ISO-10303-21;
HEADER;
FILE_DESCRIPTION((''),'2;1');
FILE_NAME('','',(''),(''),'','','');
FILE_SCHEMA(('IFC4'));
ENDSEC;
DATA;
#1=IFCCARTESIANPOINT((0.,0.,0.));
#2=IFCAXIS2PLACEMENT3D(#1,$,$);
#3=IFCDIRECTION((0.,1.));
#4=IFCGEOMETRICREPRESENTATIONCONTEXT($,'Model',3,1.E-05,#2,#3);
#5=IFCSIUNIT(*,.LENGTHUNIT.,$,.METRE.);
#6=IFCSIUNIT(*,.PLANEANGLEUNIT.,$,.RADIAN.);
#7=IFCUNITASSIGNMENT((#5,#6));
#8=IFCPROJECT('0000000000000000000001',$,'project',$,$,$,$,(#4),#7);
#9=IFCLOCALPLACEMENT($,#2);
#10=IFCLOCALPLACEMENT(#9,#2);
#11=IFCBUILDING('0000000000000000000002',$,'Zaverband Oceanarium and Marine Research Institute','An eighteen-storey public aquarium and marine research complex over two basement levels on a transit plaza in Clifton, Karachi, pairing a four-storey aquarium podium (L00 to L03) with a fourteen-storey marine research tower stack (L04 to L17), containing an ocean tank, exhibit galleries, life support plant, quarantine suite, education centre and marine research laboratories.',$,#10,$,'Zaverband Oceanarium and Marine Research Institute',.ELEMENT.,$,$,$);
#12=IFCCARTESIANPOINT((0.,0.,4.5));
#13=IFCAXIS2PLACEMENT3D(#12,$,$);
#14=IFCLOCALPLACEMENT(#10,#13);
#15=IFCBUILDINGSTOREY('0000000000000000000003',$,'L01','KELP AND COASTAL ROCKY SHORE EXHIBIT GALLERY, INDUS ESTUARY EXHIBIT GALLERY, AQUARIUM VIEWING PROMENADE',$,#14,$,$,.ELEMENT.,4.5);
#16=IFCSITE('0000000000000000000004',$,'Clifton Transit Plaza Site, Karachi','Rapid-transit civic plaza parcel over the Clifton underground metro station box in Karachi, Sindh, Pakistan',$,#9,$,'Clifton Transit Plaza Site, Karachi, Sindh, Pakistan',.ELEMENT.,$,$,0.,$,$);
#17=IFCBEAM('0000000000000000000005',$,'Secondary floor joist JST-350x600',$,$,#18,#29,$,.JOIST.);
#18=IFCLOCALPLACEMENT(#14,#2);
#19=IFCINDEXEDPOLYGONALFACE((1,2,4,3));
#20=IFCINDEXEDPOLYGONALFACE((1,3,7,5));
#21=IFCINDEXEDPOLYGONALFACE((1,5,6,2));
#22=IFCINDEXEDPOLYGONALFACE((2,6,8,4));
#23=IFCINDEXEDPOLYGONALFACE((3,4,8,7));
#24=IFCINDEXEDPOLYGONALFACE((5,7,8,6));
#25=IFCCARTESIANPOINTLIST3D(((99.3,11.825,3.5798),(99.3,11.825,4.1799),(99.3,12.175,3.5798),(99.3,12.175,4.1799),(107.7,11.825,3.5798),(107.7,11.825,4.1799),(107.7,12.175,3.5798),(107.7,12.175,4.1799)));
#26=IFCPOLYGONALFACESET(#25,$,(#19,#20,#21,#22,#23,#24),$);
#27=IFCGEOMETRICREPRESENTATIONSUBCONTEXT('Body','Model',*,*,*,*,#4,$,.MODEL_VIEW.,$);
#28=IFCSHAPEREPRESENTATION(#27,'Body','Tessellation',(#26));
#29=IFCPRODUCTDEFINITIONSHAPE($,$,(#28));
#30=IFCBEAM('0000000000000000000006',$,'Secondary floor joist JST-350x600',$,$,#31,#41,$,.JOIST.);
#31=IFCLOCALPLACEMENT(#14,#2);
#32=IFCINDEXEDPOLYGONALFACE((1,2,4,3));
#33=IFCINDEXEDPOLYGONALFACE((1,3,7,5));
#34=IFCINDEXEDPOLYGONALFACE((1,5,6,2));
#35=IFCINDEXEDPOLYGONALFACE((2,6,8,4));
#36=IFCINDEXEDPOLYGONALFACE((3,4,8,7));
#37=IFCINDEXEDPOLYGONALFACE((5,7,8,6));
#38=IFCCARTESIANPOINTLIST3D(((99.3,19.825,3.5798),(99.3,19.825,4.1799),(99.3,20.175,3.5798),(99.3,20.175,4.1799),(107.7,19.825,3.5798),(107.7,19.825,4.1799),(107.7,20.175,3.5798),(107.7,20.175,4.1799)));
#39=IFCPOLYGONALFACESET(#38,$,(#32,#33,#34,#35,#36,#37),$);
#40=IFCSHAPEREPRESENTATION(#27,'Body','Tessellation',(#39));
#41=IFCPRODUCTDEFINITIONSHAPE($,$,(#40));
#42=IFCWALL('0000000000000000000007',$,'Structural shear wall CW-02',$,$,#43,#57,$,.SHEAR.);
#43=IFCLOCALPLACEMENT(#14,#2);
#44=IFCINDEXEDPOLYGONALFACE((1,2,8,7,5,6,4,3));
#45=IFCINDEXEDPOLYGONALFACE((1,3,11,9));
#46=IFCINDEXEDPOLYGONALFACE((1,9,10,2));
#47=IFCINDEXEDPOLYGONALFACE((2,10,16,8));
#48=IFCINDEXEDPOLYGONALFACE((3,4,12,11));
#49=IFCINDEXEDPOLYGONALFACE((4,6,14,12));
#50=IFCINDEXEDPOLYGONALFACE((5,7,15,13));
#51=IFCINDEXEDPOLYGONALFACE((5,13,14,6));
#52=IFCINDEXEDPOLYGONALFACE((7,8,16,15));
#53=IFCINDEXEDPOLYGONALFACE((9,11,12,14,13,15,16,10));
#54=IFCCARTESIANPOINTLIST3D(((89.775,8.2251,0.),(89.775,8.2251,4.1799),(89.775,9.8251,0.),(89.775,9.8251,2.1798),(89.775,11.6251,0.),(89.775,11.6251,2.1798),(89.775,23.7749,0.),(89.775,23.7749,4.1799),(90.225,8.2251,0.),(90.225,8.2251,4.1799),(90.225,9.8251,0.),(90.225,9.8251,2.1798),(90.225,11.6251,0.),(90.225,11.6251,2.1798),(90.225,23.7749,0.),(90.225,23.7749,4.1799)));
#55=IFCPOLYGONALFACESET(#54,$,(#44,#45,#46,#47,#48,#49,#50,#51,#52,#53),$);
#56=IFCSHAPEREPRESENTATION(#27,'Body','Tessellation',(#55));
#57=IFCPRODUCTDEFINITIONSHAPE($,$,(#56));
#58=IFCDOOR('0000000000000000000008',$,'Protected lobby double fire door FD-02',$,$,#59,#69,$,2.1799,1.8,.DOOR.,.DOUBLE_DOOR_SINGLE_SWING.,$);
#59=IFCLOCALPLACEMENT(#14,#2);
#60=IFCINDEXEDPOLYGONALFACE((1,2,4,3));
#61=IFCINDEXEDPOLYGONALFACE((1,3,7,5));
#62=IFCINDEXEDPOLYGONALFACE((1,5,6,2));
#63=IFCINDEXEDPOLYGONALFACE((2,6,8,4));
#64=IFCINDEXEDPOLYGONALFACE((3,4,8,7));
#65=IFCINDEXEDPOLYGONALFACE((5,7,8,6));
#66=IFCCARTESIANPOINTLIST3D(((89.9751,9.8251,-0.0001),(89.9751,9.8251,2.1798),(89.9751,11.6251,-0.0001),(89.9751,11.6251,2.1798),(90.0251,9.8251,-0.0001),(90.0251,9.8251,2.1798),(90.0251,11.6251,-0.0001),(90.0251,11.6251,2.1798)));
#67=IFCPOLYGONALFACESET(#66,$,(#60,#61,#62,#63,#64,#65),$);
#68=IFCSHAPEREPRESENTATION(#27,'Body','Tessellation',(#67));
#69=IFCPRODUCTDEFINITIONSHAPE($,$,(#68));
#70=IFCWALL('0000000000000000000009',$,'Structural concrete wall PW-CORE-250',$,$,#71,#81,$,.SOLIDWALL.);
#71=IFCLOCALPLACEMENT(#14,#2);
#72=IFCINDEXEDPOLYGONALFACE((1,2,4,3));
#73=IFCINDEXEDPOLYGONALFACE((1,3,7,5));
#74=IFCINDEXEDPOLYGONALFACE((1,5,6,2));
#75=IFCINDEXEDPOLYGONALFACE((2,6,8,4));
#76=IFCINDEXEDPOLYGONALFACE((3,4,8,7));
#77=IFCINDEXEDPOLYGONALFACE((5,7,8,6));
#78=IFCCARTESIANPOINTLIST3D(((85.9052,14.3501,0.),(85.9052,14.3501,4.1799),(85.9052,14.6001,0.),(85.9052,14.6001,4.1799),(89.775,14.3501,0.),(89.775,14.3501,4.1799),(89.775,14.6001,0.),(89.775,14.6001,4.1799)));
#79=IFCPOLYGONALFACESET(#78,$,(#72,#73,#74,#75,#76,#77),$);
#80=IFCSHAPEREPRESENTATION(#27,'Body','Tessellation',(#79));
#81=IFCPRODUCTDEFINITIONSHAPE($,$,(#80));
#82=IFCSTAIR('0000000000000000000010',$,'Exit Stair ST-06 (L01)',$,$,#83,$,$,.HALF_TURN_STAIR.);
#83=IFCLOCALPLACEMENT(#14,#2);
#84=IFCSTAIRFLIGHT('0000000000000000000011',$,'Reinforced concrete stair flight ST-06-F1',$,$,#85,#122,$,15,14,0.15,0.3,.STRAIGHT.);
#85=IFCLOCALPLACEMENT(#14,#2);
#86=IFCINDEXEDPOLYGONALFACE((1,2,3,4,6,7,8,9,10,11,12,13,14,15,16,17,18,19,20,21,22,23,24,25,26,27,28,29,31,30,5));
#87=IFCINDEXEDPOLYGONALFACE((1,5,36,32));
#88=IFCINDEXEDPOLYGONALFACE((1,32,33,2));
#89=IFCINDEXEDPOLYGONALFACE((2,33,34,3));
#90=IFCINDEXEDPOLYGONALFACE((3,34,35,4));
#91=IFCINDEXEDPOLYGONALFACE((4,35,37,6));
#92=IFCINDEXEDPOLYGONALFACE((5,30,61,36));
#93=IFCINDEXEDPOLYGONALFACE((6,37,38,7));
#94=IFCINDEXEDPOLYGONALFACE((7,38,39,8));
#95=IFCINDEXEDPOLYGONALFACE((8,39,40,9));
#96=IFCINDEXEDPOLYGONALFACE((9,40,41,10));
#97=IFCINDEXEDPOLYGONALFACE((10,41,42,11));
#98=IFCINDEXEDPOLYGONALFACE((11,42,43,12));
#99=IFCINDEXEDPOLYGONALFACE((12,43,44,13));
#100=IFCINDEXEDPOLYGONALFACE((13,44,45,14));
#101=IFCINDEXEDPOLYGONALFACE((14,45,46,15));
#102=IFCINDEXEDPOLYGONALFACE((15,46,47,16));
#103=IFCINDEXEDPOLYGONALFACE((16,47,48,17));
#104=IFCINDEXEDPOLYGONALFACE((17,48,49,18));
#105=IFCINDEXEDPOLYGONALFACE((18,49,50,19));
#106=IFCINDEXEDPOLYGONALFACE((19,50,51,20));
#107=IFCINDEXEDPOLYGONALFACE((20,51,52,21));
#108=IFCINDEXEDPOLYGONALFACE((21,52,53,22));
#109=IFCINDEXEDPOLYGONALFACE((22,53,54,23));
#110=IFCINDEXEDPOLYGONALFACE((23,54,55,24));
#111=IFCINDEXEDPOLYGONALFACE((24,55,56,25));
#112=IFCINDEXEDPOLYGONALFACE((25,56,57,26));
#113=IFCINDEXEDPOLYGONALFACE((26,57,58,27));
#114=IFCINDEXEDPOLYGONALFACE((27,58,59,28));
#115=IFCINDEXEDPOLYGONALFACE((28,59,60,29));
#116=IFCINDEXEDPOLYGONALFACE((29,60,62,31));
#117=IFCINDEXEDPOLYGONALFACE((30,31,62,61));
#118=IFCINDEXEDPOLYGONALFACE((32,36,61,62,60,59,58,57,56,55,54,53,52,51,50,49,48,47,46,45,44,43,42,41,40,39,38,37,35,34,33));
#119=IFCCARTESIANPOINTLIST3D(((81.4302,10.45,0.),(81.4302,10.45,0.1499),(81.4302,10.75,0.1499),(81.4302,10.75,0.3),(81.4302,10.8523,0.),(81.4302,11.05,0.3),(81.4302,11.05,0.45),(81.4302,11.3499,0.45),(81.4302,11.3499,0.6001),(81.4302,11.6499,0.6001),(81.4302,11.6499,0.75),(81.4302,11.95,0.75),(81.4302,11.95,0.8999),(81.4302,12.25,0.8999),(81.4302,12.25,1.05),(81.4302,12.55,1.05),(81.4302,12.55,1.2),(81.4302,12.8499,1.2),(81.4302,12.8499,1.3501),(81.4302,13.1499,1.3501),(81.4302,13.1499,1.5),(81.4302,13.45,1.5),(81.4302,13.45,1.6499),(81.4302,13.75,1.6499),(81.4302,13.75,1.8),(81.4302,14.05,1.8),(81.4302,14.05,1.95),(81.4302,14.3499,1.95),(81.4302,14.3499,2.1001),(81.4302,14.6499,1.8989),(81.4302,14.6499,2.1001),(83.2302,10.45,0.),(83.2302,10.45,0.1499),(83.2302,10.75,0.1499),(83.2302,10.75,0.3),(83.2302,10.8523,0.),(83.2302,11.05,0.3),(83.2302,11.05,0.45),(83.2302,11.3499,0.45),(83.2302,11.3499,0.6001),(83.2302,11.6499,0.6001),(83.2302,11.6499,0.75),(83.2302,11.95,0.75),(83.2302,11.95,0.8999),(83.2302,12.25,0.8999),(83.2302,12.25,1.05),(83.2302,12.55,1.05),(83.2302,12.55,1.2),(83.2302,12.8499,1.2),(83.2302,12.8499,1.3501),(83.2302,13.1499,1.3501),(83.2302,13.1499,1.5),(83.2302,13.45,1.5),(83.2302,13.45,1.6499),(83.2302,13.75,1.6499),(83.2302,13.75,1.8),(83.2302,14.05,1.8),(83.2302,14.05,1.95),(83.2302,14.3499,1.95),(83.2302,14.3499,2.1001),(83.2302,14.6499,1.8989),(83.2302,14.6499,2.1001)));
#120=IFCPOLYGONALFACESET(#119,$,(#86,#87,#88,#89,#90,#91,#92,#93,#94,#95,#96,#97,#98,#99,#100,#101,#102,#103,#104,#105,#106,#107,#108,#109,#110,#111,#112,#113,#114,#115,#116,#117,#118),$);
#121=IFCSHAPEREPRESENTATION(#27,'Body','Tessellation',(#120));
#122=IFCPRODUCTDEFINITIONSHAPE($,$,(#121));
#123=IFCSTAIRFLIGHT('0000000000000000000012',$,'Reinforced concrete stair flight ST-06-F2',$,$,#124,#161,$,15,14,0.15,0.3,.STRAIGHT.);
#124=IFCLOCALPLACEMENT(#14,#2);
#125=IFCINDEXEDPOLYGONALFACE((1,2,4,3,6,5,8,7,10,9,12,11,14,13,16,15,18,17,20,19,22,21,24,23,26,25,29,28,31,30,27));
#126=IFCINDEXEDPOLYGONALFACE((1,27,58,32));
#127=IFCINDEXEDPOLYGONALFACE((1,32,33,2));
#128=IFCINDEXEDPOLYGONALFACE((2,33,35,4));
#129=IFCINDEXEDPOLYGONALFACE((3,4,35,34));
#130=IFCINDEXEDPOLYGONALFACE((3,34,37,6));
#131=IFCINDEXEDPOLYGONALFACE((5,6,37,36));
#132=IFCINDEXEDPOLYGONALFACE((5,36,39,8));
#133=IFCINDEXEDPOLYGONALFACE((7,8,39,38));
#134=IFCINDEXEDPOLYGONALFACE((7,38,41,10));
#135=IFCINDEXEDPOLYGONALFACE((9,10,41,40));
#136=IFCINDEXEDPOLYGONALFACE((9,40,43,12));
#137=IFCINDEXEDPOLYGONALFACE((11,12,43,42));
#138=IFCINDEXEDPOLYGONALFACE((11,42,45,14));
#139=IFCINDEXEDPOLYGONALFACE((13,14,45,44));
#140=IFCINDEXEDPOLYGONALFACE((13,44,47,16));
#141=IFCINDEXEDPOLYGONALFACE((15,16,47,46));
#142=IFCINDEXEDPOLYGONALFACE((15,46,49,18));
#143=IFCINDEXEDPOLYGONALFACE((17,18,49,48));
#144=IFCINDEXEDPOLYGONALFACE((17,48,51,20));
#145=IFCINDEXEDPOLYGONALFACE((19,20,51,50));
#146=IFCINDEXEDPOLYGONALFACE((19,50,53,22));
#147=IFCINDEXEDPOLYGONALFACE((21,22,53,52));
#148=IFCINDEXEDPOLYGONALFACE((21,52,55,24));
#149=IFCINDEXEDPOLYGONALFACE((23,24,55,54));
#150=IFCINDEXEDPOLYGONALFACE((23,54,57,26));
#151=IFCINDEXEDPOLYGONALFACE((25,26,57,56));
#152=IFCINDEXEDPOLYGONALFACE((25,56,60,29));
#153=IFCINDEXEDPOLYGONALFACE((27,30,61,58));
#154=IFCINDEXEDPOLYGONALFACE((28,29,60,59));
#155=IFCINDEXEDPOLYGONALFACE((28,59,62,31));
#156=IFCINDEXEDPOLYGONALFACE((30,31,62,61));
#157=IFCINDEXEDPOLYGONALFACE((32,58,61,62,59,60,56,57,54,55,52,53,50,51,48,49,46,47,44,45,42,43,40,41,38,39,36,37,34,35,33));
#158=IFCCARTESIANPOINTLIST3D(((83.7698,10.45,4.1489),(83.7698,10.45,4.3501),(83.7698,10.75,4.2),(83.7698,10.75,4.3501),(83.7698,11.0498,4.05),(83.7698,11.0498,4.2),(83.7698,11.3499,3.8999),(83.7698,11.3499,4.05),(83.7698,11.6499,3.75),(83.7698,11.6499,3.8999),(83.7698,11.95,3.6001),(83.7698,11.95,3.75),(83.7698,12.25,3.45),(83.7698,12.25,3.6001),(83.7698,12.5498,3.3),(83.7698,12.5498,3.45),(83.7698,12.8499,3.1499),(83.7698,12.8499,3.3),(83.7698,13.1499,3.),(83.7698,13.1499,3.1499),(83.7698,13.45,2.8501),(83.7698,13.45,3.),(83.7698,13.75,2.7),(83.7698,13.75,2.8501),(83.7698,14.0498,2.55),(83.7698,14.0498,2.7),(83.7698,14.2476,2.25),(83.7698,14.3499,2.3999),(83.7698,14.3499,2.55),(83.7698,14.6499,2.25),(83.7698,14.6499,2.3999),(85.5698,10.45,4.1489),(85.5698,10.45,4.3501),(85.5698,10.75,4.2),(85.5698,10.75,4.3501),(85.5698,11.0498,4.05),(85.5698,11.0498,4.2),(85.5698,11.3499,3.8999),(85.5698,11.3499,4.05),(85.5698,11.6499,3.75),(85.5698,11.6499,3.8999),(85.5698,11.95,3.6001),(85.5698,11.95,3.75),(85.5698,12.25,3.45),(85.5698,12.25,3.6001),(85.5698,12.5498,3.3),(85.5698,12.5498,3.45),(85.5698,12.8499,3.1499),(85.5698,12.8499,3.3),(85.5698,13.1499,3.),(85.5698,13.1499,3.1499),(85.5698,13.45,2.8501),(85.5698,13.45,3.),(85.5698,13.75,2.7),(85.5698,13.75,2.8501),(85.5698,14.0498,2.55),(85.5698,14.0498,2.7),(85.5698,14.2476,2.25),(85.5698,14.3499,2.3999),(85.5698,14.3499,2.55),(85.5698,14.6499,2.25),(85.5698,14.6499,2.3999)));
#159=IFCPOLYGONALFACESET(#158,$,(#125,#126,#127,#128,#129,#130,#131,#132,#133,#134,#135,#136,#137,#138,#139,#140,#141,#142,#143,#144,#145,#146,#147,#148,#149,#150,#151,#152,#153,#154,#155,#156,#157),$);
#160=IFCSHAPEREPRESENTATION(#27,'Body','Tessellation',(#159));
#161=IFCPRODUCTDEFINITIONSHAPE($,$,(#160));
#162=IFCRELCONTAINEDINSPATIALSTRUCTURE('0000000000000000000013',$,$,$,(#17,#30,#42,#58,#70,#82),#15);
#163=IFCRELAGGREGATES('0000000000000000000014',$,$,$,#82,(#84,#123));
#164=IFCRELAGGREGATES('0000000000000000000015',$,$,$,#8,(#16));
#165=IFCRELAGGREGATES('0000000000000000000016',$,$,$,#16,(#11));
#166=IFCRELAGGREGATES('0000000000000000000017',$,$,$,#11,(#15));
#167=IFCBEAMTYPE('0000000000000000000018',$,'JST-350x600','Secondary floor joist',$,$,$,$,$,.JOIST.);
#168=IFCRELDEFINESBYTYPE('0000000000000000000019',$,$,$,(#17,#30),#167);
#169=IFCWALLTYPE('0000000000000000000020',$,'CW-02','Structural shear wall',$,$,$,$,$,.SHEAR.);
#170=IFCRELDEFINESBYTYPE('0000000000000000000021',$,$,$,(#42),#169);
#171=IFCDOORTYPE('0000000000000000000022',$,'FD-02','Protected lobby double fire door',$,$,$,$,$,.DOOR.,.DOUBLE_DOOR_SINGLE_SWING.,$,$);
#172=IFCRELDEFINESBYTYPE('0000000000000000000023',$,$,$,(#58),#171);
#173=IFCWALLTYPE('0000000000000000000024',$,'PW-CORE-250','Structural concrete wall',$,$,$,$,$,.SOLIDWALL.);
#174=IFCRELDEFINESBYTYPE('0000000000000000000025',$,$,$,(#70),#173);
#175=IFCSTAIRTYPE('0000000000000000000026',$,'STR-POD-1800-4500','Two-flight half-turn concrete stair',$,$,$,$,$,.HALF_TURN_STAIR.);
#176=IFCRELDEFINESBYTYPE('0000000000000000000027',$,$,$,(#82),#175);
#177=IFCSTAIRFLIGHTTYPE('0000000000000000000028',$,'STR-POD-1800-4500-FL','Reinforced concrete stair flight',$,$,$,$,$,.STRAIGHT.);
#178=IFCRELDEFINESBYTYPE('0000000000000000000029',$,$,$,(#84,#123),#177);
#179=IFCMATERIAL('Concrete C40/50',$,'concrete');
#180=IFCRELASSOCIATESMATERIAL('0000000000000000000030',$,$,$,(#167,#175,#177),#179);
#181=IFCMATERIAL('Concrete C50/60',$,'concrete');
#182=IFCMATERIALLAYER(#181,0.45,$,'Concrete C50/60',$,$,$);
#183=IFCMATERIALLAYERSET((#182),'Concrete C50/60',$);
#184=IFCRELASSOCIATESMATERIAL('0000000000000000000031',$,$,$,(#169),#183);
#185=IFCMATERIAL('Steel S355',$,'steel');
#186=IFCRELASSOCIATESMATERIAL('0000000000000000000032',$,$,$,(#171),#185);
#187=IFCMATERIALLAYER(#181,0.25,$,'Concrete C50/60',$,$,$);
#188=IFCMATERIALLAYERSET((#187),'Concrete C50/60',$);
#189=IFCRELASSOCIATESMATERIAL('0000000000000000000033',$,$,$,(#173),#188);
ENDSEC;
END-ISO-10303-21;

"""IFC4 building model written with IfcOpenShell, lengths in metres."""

from ifc_helpers import new_model, si_unit, direction, frame, frame_2d, origin, origin_2d, place, context, subcontext, project, spatial, polyline, rectangle, outline, extrude, material, layer, layer_set, material_profile, profile_set, type_object, element, fill, aggregate, save


model = new_model("IFC4")

# Units and contexts
model_context = context("Model", 3, precision=1e-05, world=origin(), true_north=direction((0.0, 1.0)))
body_context = subcontext(model_context, "Body", "Model", "MODEL_VIEW")
ifc_project = project(units=[si_unit("LENGTHUNIT", "METRE"), si_unit("PLANEANGLEUNIT", "RADIAN")], contexts=[model_context])

# Site, building, storey
site_placement = place(None, origin())
site = spatial("IfcSite", under=ifc_project, at=site_placement, Name="Clifton Transit Plaza Site, Karachi", Description="Rapid-transit civic plaza parcel over the Clifton underground metro station box in Karachi, Sindh, Pakistan", LongName="Clifton Transit Plaza Site, Karachi, Sindh, Pakistan", CompositionType="ELEMENT", RefElevation=0.0)
building_placement = place(site_placement, origin())
building = spatial("IfcBuilding", under=site, at=building_placement, Name="Zaverband Oceanarium and Marine Research Institute", Description="An eighteen-storey public aquarium and marine research complex over two basement levels on a transit plaza in Clifton, Karachi, pairing a four-storey aquarium podium (L00 to L03) with a fourteen-storey marine research tower stack (L04 to L17), containing an ocean tank, exhibit galleries, life support plant, quarantine suite, education centre and marine research laboratories.", LongName="Zaverband Oceanarium and Marine Research Institute", CompositionType="ELEMENT")
storey_placement = place(building_placement, frame((0.0, 0.0, 4.5)))
storey = spatial("IfcBuildingStorey", under=building, at=storey_placement, Name="L01", Description="KELP AND COASTAL ROCKY SHORE EXHIBIT GALLERY, INDUS ESTUARY EXHIBIT GALLERY, AQUARIUM VIEWING PROMENADE", CompositionType="ELEMENT", Elevation=4.5)

# Shared definitions
ifc_material_1 = material(Name="Concrete C50/60", Category="concrete")

# Beams
ifc_material_2 = material(Name="Concrete C40/50", Category="concrete")
ifc_material_profile_1 = material_profile(ifc_material_2, rectangle(XDim=0.3501, YDim=0.6001, at=origin_2d()), Name="RC350x600")
ifc_profile_set_1 = profile_set([ifc_material_profile_1], Name="Concrete C40/50")
beam_type_1 = type_object("IfcBeamType", Name="JST-350x600", Description="Secondary floor joist", PredefinedType="JOIST", material=ifc_profile_set_1)
for number, where, z_axis, x_axis, name in (
    (1, (99.3, 12.0, 3.8799), (1.0, 0.0, 0.0), (0.0, 1.0, 0.0), "Secondary floor joist JST-350x600"),
    (2, (99.3, 20.0, 3.8799), (1.0, 0.0, 0.0), (0.0, 1.0, 0.0), "Secondary floor joist JST-350x600"),
):
    element("IfcBeam", number, at=place(storey_placement, frame(where, z_axis=z_axis, x_axis=x_axis)), inside=storey, type_object=beam_type_1, Name=name, PredefinedType="JOIST", context=body_context, shape_type="SweptSolid", body=[
        extrude(rectangle(XDim=0.3501, YDim=0.6001, at=origin_2d()), origin(), (0.0, 0.0, 1.0), 8.3999),
    ])

# Wall, opening, door
ifc_layer_1 = layer(ifc_material_1, 0.45, Name="Concrete C50/60")
ifc_layer_set_1 = layer_set([ifc_layer_1], Name="Concrete C50/60")
wall_type_1 = type_object("IfcWallType", Name="CW-02", Description="Structural shear wall", PredefinedType="SHEAR", material=ifc_layer_set_1)
wall_1_placement = place(storey_placement, frame((90.0, 8.2251, 0.0), z_axis=(0.0, 0.0, 1.0), x_axis=(0.0, 1.0, 0.0)))
wall_1 = element("IfcWall", 3, at=wall_1_placement, inside=storey, type_object=wall_type_1, Name="Structural shear wall CW-02", PredefinedType="SHEAR", context=body_context, shape_type="SweptSolid", body=[
    extrude(rectangle(XDim=15.5498, YDim=0.45, at=frame_2d((7.7749, 0.0))), origin(), (0.0, 0.0, 1.0), 4.1799),
])
opening_placement = place(wall_1_placement, frame((1.6001, 0.0, 0.0)))
opening = element("IfcOpeningElement", 4, at=opening_placement, cuts=wall_1, PredefinedType="OPENING", context=body_context, shape_type="SweptSolid", body=[
    extrude(rectangle(XDim=1.8, YDim=2.1799, at=frame_2d((0.8999, 1.0898))), frame((0.0, 0.2368, 0.0), z_axis=(0.0, -1.0, 0.0), x_axis=(1.0, 0.0, 0.0)), (0.0, 0.0, 1.0), 0.4739),
])
ifc_material_3 = material(Name="Steel S355", Category="steel")
door_type = type_object("IfcDoorType", Name="FD-02", Description="Protected lobby double fire door", OperationType="DOUBLE_DOOR_SINGLE_SWING", PredefinedType="DOOR", material=ifc_material_3)
door_placement = place(opening_placement, origin())
door = element("IfcDoor", 5, at=door_placement, inside=storey, type_object=door_type, Name="Protected lobby double fire door FD-02", OperationType="DOUBLE_DOOR_SINGLE_SWING", OverallHeight=2.1799, OverallWidth=1.8, PredefinedType="DOOR", context=body_context, shape_type="SweptSolid", body=[
    extrude(rectangle(XDim=1.8, YDim=2.1799, at=frame_2d((0.8999, 1.0898))), frame((0.0, 0.0249, 0.0), z_axis=(0.0, -1.0, 0.0), x_axis=(1.0, 0.0, 0.0)), (0.0, 0.0, 1.0), 0.05),
])
fill(opening, door)

# Wall
ifc_layer_2 = layer(ifc_material_1, 0.25, Name="Concrete C50/60")
ifc_layer_set_2 = layer_set([ifc_layer_2], Name="Concrete C50/60")
wall_type_2 = type_object("IfcWallType", Name="PW-CORE-250", Description="Structural concrete wall", PredefinedType="SOLIDWALL", material=ifc_layer_set_2)
wall_2_placement = place(storey_placement, frame((85.905, 14.4751, 0.0), z_axis=(0.0, 0.0, 1.0), x_axis=(1.0, 0.0, 0.0)))
element("IfcWall", 6, at=wall_2_placement, inside=storey, type_object=wall_type_2, Name="Structural concrete wall PW-CORE-250", PredefinedType="SOLIDWALL", context=body_context, shape_type="SweptSolid", body=[
    extrude(rectangle(XDim=3.8699, YDim=0.25, at=frame_2d((1.9351, 0.0))), origin(), (0.0, 0.0, 1.0), 4.1799),
])

# Stair, stair flights
stair_type = type_object("IfcStairType", Name="STR-POD-1800-4500", Description="Two-flight half-turn concrete stair", PredefinedType="HALF_TURN_STAIR", material=ifc_material_2)
stair_placement = place(storey_placement, origin())
stair = element("IfcStair", 7, at=stair_placement, inside=storey, type_object=stair_type, Name="Exit Stair ST-06 (L01)", PredefinedType="HALF_TURN_STAIR")
stair_flight_type = type_object("IfcStairFlightType", Name="STR-POD-1800-4500-FL", Description="Reinforced concrete stair flight", PredefinedType="STRAIGHT", material=ifc_material_2)
stair_flight_1_placement = place(storey_placement, frame((82.3301, 10.45, 0.0), z_axis=(0.0, 0.0, 1.0), x_axis=(0.0, 1.0, 0.0)))
stair_flight_1 = element("IfcStairFlight", 8, at=stair_flight_1_placement, type_object=stair_flight_type, Name="Reinforced concrete stair flight ST-06-F1", NumberOfRisers=15, NumberOfTreads=14, PredefinedType="STRAIGHT", RiserHeight=0.15, TreadLength=0.3, context=body_context, shape_type="SweptSolid", body=[
    extrude(outline(polyline([(0.0, 0.0), (0.0, 0.1499), (0.3, 0.1499), (0.3, 0.3), (0.6001, 0.3), (0.6001, 0.45), (0.8999, 0.45), (0.8999, 0.6001), (1.2, 0.6001), (1.2, 0.75), (1.5, 0.75), (1.5, 0.8999), (1.8, 0.8999), (1.8, 1.05), (2.1001, 1.05), (2.1001, 1.2), (2.3999, 1.2), (2.3999, 1.3501), (2.7, 1.3501), (2.7, 1.5), (3.0, 1.5), (3.0, 1.6499), (3.3, 1.6499), (3.3, 1.8), (3.6001, 1.8), (3.6001, 1.95), (3.8999, 1.95), (3.8999, 2.1001), (4.2, 2.1001), (4.2, 2.25), (4.2, 1.8989), (0.4023, 0.0), (0.0, 0.0)])), frame((0.0, 0.8999, 0.0), z_axis=(0.0, -1.0, 0.0), x_axis=(1.0, 0.0, 0.0)), (0.0, 0.0, 1.0), 1.8),
])
stair_flight_2_placement = place(storey_placement, frame((84.6699, 14.6499, 2.25), z_axis=(0.0, 0.0, 1.0), x_axis=(0.0, -1.0, 0.0)))
stair_flight_2 = element("IfcStairFlight", 9, at=stair_flight_2_placement, type_object=stair_flight_type, Name="Reinforced concrete stair flight ST-06-F2", NumberOfRisers=15, NumberOfTreads=14, PredefinedType="STRAIGHT", RiserHeight=0.15, TreadLength=0.3, context=body_context, shape_type="SweptSolid", body=[
    extrude(outline(polyline([(0.0, 0.0), (0.0, 0.1499), (0.3, 0.1499), (0.3, 0.3), (0.6001, 0.3), (0.6001, 0.45), (0.8999, 0.45), (0.8999, 0.6001), (1.2, 0.6001), (1.2, 0.75), (1.5, 0.75), (1.5, 0.8999), (1.8, 0.8999), (1.8, 1.05), (2.1001, 1.05), (2.1001, 1.2), (2.3999, 1.2), (2.3999, 1.3501), (2.7, 1.3501), (2.7, 1.5), (3.0, 1.5), (3.0, 1.6499), (3.3, 1.6499), (3.3, 1.8), (3.6001, 1.8), (3.6001, 1.95), (3.8999, 1.95), (3.8999, 2.1001), (4.2, 2.1001), (4.2, 2.25), (4.2, 1.8989), (0.4023, 0.0), (0.0, 0.0)])), frame((0.0, 0.8999, 0.0), z_axis=(0.0, -1.0, 0.0), x_axis=(1.0, 0.0, 0.0)), (0.0, 0.0, 1.0), 1.8),
])
aggregate(stair, [stair_flight_1, stair_flight_2])

save(model, "model.ifc")
